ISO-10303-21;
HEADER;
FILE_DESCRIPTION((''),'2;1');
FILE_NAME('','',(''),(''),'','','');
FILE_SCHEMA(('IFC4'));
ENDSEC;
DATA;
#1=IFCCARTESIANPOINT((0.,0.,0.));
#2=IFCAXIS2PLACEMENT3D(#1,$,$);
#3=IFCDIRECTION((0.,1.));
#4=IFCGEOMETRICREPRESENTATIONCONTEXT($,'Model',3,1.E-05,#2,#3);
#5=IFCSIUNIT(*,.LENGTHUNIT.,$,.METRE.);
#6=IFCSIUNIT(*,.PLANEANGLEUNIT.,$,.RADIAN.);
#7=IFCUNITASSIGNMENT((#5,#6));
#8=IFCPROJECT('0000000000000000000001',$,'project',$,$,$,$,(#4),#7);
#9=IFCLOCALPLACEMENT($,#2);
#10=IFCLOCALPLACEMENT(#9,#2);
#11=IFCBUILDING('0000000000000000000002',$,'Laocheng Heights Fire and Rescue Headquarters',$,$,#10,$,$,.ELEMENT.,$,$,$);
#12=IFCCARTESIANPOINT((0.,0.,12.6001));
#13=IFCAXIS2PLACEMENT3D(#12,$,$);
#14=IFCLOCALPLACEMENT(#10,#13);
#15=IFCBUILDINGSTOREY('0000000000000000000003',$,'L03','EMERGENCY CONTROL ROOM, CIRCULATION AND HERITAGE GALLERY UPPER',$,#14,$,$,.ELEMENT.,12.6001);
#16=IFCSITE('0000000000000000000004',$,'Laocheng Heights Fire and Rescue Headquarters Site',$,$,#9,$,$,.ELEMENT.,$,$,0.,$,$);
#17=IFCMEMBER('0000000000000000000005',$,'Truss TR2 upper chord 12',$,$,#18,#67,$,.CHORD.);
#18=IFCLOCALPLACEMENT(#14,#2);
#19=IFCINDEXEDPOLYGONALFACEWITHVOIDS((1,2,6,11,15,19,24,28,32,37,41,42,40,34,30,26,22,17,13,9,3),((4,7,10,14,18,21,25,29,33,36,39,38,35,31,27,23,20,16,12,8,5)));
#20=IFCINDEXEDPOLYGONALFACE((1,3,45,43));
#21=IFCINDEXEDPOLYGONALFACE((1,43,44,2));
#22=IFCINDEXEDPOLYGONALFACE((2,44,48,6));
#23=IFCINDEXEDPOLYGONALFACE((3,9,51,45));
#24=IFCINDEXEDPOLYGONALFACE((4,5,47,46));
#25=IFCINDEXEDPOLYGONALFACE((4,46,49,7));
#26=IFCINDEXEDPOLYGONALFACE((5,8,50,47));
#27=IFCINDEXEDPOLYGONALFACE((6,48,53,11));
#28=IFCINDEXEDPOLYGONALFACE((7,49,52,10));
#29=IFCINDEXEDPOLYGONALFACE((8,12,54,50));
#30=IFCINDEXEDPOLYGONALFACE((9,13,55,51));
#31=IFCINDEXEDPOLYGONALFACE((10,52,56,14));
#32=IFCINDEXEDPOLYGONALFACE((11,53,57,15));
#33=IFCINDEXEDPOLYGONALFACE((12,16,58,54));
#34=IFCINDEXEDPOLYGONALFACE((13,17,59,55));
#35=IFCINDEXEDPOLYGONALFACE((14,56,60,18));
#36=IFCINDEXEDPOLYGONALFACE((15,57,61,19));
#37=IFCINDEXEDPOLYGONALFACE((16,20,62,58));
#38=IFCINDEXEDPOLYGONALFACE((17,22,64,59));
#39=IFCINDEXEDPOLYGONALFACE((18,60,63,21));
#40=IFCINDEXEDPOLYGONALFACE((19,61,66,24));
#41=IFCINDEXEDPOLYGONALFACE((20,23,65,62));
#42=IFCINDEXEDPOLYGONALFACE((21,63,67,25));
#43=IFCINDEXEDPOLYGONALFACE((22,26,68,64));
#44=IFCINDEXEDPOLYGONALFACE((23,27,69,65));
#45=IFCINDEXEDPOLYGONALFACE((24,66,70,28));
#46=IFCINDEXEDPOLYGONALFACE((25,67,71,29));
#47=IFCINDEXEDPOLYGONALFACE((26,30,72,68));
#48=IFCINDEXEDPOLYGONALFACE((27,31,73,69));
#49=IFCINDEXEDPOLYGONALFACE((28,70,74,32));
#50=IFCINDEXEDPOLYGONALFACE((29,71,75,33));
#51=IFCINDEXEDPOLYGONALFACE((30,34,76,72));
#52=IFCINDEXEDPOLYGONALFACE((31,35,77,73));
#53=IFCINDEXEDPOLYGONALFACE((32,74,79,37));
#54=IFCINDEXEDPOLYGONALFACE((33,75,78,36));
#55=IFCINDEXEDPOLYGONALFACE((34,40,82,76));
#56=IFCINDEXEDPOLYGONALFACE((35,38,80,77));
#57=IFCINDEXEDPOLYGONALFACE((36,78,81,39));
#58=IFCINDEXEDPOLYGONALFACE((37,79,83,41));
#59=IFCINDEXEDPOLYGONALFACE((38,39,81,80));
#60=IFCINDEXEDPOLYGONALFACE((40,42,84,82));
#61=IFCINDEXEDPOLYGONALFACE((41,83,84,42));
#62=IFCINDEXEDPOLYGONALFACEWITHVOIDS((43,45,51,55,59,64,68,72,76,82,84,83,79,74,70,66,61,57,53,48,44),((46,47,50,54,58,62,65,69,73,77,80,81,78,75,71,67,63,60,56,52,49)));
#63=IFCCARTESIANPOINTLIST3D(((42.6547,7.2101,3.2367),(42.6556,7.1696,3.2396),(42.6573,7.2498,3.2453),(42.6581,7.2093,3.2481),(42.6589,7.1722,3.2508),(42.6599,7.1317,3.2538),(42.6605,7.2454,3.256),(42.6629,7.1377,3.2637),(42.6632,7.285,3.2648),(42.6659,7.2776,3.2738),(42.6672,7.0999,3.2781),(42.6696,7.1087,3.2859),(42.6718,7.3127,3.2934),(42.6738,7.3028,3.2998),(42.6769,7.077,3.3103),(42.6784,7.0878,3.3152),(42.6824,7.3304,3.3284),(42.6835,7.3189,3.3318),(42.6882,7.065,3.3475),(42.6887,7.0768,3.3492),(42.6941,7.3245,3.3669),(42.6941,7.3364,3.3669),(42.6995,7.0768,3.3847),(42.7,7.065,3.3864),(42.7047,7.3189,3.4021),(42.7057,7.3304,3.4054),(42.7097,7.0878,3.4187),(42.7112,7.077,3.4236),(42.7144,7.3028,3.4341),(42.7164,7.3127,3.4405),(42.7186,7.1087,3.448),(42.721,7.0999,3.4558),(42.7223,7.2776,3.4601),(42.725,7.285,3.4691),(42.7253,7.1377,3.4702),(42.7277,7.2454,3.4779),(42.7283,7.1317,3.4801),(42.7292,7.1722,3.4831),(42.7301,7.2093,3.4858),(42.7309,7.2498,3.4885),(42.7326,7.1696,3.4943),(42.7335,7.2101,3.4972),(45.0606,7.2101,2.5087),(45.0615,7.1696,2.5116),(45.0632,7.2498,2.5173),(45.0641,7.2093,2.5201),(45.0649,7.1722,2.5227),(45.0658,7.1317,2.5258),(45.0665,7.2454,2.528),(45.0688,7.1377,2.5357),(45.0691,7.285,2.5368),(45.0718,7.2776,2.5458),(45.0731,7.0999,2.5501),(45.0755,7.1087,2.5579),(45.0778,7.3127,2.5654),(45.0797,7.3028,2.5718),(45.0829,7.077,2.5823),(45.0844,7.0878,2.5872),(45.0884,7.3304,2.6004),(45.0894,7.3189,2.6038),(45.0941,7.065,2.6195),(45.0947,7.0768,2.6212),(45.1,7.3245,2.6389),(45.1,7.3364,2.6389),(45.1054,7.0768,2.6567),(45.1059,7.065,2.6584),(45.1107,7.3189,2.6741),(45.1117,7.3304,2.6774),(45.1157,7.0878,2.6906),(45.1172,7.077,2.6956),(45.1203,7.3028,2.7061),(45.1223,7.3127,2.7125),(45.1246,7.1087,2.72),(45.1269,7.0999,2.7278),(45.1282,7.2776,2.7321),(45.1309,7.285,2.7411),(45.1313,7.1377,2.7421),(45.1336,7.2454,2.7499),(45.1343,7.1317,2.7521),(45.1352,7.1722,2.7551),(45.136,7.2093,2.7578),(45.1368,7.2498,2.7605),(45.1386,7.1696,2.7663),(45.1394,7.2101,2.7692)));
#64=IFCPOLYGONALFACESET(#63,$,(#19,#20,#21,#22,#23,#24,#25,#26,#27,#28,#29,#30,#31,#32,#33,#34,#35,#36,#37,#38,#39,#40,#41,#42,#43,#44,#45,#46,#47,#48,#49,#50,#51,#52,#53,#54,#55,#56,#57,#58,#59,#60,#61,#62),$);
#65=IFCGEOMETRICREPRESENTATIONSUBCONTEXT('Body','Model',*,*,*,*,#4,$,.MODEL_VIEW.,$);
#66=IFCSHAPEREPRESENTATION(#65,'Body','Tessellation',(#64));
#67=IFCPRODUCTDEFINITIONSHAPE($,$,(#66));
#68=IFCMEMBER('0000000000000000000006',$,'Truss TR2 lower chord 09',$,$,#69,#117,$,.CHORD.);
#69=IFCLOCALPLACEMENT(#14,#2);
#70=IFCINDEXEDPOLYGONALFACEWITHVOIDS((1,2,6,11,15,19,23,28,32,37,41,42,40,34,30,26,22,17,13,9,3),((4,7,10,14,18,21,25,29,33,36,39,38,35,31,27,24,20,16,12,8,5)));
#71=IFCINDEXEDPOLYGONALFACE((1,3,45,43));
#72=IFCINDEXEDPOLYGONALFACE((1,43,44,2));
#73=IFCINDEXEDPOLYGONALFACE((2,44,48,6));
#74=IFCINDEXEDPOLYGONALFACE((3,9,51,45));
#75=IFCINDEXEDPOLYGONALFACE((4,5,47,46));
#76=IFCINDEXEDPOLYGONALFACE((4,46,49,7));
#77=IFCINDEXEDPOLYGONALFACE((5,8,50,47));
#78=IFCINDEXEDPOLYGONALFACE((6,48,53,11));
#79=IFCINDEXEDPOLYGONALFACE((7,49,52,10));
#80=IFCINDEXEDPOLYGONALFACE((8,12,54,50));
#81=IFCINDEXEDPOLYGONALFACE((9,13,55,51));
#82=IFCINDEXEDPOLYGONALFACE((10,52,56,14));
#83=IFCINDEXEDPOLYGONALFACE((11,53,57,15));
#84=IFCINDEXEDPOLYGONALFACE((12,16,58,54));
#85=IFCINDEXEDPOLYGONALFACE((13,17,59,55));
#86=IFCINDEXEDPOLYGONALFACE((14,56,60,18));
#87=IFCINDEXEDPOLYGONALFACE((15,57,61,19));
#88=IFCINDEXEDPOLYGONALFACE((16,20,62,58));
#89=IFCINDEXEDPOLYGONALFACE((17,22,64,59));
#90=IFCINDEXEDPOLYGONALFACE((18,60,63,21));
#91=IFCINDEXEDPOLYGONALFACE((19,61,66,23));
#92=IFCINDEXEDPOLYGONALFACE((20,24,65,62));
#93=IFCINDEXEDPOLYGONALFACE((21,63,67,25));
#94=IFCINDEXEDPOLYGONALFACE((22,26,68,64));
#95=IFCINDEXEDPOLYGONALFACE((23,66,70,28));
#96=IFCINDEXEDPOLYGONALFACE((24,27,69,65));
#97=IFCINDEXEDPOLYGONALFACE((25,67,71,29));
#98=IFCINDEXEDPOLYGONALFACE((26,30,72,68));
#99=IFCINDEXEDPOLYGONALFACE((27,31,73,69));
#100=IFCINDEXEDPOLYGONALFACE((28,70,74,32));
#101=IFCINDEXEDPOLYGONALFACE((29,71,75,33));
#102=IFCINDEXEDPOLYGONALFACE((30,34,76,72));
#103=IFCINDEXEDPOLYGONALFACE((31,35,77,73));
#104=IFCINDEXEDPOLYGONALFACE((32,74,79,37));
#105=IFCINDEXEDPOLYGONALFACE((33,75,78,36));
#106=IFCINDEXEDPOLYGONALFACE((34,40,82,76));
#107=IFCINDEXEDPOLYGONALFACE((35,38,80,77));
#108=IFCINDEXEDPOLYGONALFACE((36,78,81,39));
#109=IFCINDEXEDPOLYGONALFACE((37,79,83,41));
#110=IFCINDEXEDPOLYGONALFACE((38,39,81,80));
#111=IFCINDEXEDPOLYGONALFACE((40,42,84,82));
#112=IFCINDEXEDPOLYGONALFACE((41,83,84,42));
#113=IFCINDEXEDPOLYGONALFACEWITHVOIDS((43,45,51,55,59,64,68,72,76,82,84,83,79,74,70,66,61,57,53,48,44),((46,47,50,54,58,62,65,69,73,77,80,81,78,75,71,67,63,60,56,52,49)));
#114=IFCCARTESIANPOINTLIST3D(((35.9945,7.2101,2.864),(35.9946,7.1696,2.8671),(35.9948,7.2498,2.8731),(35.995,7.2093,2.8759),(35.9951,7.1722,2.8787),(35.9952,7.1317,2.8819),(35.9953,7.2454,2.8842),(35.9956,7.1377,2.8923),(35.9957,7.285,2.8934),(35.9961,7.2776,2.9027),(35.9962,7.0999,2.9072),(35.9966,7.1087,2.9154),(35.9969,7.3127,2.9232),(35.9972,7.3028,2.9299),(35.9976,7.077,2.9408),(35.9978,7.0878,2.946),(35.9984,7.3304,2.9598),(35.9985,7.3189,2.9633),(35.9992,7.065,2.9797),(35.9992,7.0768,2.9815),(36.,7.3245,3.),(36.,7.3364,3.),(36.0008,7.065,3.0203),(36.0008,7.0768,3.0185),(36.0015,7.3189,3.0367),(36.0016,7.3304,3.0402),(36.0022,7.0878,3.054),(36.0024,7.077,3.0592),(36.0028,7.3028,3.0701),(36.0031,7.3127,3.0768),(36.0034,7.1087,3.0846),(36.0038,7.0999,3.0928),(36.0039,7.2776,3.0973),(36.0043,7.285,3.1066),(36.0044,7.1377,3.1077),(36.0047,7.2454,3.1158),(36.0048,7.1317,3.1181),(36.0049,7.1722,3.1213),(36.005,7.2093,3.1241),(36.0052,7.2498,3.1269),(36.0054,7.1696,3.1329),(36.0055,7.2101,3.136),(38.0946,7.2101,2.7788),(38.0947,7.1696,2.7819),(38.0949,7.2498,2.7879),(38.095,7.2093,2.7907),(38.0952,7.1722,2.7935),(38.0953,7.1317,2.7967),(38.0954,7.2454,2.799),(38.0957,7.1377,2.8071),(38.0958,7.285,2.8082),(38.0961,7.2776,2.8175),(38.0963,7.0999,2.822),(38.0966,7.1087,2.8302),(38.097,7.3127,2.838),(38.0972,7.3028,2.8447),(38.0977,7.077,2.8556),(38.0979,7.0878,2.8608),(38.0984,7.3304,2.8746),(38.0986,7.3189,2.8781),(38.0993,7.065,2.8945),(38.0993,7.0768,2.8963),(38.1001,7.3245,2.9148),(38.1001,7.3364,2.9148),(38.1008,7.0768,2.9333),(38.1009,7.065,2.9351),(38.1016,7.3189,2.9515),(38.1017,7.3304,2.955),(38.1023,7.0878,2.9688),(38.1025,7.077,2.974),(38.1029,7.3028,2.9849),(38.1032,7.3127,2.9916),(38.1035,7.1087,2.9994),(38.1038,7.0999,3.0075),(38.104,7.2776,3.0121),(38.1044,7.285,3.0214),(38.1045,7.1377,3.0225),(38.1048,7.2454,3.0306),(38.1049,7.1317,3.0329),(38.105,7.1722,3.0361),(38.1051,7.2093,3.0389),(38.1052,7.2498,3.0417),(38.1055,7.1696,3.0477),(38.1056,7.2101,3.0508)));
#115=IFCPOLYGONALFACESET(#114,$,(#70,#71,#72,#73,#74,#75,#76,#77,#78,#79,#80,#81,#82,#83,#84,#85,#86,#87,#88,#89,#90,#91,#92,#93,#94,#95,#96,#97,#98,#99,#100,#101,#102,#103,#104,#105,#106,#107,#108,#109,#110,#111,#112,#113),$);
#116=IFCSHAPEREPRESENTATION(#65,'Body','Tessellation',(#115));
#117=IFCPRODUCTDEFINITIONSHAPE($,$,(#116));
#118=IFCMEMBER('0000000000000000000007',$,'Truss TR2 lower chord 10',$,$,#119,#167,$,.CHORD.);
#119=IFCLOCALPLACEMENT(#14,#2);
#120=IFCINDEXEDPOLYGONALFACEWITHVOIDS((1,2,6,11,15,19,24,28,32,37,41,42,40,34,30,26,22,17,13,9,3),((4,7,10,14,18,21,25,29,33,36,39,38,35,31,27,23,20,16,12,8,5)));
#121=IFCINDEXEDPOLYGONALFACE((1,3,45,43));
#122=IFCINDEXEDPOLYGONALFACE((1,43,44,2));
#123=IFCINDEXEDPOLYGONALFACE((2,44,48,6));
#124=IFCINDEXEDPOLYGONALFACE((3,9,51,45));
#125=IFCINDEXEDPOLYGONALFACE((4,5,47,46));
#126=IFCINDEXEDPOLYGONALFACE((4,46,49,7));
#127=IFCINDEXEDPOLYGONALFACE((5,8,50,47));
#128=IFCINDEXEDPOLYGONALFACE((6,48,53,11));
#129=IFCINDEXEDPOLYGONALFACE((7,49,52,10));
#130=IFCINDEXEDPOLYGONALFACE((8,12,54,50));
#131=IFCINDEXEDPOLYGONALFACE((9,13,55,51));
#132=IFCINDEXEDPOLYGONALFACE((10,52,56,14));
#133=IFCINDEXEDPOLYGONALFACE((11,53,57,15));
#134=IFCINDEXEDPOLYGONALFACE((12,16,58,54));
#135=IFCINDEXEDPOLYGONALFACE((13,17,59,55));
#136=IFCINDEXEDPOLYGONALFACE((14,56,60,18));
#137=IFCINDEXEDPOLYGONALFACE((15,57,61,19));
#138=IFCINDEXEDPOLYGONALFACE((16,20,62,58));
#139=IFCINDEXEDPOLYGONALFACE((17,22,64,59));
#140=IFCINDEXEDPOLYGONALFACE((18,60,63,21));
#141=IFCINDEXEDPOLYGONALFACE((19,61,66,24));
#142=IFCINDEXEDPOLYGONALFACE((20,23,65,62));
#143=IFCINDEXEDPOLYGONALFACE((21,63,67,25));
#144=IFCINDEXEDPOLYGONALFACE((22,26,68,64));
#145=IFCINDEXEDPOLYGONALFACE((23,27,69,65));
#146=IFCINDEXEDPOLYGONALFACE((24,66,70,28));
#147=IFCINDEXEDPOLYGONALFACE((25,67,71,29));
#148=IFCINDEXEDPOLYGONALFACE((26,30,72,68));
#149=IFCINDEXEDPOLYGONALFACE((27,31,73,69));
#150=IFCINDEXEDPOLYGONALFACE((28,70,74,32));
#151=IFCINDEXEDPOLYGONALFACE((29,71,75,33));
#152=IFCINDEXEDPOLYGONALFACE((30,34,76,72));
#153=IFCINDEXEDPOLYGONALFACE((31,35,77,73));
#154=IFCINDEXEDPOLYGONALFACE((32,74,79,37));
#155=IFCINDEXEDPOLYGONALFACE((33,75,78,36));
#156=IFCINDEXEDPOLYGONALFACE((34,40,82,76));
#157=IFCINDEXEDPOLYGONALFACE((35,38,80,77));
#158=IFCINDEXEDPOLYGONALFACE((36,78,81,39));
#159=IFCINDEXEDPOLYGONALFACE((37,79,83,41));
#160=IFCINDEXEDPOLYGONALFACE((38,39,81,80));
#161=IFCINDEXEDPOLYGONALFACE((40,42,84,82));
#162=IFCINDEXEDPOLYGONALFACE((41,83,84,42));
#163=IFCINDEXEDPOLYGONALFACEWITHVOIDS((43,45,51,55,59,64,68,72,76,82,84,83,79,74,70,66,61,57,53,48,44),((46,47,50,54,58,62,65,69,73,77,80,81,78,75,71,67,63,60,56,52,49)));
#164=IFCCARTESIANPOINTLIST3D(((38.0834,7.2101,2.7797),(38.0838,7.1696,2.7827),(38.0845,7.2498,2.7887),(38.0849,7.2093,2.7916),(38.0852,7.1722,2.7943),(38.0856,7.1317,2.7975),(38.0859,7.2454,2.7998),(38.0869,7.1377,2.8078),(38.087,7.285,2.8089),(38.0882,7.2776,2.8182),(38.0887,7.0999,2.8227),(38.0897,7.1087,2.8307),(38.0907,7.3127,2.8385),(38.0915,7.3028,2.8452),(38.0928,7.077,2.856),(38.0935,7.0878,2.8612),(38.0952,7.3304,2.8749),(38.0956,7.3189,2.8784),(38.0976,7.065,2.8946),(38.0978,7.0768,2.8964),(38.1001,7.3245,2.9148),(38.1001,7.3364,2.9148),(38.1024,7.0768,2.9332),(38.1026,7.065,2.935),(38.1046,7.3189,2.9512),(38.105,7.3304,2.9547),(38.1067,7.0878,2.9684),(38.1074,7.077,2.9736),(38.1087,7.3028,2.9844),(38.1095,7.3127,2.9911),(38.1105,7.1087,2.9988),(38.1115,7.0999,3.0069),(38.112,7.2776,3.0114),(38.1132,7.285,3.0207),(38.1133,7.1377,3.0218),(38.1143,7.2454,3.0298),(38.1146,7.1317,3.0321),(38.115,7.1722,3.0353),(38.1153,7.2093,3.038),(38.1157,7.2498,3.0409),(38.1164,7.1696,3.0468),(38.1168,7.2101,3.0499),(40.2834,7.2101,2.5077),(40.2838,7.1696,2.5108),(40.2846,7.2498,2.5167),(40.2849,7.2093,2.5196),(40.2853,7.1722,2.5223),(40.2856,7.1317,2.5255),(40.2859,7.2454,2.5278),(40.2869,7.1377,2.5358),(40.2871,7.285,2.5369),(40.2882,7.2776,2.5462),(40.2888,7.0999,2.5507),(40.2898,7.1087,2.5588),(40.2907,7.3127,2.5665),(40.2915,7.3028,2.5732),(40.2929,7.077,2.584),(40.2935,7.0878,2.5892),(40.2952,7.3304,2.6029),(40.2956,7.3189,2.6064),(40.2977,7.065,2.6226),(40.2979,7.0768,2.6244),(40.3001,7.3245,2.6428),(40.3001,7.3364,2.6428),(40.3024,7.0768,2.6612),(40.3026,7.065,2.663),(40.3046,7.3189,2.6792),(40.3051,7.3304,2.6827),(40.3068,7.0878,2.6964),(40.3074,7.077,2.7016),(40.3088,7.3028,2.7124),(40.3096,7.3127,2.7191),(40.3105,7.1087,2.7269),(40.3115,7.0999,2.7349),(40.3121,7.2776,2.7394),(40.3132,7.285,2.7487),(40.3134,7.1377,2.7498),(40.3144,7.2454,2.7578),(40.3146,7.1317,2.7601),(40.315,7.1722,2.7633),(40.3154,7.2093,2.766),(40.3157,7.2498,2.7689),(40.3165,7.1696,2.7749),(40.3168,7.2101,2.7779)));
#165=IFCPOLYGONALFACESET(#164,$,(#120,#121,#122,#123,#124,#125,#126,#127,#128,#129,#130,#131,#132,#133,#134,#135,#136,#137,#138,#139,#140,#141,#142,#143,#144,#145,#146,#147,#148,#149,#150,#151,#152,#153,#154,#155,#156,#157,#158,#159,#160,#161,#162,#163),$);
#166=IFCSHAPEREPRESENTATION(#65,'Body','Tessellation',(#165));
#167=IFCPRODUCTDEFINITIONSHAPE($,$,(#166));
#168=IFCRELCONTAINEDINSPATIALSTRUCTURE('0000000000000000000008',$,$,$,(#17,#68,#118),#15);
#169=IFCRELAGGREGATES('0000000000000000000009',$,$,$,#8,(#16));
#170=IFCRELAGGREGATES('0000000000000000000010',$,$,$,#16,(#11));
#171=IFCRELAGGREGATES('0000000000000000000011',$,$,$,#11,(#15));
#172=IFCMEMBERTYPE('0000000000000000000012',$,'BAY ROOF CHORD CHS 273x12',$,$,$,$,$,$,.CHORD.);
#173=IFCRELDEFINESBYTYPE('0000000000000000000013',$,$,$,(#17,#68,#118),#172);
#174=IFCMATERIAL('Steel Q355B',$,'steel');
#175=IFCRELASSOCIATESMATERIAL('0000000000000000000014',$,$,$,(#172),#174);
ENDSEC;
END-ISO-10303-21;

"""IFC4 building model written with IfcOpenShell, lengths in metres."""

from ifc_helpers import new_model, si_unit, direction, frame, origin, origin_2d, place, context, subcontext, project, spatial, hollow_circle, extrude, material, material_profile, profile_set, type_object, element, save


model = new_model("IFC4")

# Units and contexts
model_context = context("Model", 3, precision=1e-05, world=origin(), true_north=direction((0.0, 1.0)))
body_context = subcontext(model_context, "Body", "Model", "MODEL_VIEW")
ifc_project = project(units=[si_unit("LENGTHUNIT", "METRE"), si_unit("PLANEANGLEUNIT", "RADIAN")], contexts=[model_context])

# Site, building, storey
site_placement = place(None, origin())
site = spatial("IfcSite", under=ifc_project, at=site_placement, Name="Laocheng Heights Fire and Rescue Headquarters Site", CompositionType="ELEMENT", RefElevation=0.0)
building_placement = place(site_placement, origin())
building = spatial("IfcBuilding", under=site, at=building_placement, Name="Laocheng Heights Fire and Rescue Headquarters", CompositionType="ELEMENT")
storey_placement = place(building_placement, frame((0.0, 0.0, 12.6001)))
storey = spatial("IfcBuildingStorey", under=building, at=storey_placement, Name="L03", Description="EMERGENCY CONTROL ROOM, CIRCULATION AND HERITAGE GALLERY UPPER", CompositionType="ELEMENT", Elevation=12.6001)

# Members
ifc_material_1 = material(Name="Steel Q355B", Category="steel")
ifc_material_profile_1 = material_profile(ifc_material_1, hollow_circle(Radius=0.1365, WallThickness=0.012, at=origin_2d()), Name="CHS 273x12")
ifc_profile_set_1 = profile_set([ifc_material_profile_1], Name="Steel Q355B")
member_type_1 = type_object("IfcMemberType", Name="BAY ROOF CHORD CHS 273x12", PredefinedType="CHORD", material=ifc_profile_set_1)
member_1_placement = place(storey_placement, frame((42.6941, 7.2, 3.3669), z_axis=(0.957142, 0.0, -0.289619), x_axis=(0.0, 1.0, 0.0)))
element("IfcMember", 1, at=member_1_placement, inside=storey, type_object=member_type_1, Name="Truss TR2 upper chord 12", PredefinedType="CHORD", context=body_context, shape_type="SweptSolid", body=[
    extrude(hollow_circle(Radius=0.1365, WallThickness=0.012, at=origin_2d()), origin(), (0.0, 0.0, 1.0), 2.5137),
])
member_2_placement = place(storey_placement, frame((36.0, 7.2, 3.0), z_axis=(0.999178, 0.0, -0.040539), x_axis=(0.0, 1.0, 0.0)))
element("IfcMember", 2, at=member_2_placement, inside=storey, type_object=member_type_1, Name="Truss TR2 lower chord 09", PredefinedType="CHORD", context=body_context, shape_type="SweptSolid", body=[
    extrude(hollow_circle(Radius=0.1365, WallThickness=0.012, at=origin_2d()), origin(), (0.0, 0.0, 1.0), 2.1018),
])
member_3_placement = place(storey_placement, frame((38.1001, 7.2, 2.9148), z_axis=(0.992445, 0.0, -0.122693), x_axis=(0.0, 1.0, 0.0)))
element("IfcMember", 3, at=member_3_placement, inside=storey, type_object=member_type_1, Name="Truss TR2 lower chord 10", PredefinedType="CHORD", context=body_context, shape_type="SweptSolid", body=[
    extrude(hollow_circle(Radius=0.1365, WallThickness=0.012, at=origin_2d()), origin(), (0.0, 0.0, 1.0), 2.2168),
])

save(model, "model.ifc")
